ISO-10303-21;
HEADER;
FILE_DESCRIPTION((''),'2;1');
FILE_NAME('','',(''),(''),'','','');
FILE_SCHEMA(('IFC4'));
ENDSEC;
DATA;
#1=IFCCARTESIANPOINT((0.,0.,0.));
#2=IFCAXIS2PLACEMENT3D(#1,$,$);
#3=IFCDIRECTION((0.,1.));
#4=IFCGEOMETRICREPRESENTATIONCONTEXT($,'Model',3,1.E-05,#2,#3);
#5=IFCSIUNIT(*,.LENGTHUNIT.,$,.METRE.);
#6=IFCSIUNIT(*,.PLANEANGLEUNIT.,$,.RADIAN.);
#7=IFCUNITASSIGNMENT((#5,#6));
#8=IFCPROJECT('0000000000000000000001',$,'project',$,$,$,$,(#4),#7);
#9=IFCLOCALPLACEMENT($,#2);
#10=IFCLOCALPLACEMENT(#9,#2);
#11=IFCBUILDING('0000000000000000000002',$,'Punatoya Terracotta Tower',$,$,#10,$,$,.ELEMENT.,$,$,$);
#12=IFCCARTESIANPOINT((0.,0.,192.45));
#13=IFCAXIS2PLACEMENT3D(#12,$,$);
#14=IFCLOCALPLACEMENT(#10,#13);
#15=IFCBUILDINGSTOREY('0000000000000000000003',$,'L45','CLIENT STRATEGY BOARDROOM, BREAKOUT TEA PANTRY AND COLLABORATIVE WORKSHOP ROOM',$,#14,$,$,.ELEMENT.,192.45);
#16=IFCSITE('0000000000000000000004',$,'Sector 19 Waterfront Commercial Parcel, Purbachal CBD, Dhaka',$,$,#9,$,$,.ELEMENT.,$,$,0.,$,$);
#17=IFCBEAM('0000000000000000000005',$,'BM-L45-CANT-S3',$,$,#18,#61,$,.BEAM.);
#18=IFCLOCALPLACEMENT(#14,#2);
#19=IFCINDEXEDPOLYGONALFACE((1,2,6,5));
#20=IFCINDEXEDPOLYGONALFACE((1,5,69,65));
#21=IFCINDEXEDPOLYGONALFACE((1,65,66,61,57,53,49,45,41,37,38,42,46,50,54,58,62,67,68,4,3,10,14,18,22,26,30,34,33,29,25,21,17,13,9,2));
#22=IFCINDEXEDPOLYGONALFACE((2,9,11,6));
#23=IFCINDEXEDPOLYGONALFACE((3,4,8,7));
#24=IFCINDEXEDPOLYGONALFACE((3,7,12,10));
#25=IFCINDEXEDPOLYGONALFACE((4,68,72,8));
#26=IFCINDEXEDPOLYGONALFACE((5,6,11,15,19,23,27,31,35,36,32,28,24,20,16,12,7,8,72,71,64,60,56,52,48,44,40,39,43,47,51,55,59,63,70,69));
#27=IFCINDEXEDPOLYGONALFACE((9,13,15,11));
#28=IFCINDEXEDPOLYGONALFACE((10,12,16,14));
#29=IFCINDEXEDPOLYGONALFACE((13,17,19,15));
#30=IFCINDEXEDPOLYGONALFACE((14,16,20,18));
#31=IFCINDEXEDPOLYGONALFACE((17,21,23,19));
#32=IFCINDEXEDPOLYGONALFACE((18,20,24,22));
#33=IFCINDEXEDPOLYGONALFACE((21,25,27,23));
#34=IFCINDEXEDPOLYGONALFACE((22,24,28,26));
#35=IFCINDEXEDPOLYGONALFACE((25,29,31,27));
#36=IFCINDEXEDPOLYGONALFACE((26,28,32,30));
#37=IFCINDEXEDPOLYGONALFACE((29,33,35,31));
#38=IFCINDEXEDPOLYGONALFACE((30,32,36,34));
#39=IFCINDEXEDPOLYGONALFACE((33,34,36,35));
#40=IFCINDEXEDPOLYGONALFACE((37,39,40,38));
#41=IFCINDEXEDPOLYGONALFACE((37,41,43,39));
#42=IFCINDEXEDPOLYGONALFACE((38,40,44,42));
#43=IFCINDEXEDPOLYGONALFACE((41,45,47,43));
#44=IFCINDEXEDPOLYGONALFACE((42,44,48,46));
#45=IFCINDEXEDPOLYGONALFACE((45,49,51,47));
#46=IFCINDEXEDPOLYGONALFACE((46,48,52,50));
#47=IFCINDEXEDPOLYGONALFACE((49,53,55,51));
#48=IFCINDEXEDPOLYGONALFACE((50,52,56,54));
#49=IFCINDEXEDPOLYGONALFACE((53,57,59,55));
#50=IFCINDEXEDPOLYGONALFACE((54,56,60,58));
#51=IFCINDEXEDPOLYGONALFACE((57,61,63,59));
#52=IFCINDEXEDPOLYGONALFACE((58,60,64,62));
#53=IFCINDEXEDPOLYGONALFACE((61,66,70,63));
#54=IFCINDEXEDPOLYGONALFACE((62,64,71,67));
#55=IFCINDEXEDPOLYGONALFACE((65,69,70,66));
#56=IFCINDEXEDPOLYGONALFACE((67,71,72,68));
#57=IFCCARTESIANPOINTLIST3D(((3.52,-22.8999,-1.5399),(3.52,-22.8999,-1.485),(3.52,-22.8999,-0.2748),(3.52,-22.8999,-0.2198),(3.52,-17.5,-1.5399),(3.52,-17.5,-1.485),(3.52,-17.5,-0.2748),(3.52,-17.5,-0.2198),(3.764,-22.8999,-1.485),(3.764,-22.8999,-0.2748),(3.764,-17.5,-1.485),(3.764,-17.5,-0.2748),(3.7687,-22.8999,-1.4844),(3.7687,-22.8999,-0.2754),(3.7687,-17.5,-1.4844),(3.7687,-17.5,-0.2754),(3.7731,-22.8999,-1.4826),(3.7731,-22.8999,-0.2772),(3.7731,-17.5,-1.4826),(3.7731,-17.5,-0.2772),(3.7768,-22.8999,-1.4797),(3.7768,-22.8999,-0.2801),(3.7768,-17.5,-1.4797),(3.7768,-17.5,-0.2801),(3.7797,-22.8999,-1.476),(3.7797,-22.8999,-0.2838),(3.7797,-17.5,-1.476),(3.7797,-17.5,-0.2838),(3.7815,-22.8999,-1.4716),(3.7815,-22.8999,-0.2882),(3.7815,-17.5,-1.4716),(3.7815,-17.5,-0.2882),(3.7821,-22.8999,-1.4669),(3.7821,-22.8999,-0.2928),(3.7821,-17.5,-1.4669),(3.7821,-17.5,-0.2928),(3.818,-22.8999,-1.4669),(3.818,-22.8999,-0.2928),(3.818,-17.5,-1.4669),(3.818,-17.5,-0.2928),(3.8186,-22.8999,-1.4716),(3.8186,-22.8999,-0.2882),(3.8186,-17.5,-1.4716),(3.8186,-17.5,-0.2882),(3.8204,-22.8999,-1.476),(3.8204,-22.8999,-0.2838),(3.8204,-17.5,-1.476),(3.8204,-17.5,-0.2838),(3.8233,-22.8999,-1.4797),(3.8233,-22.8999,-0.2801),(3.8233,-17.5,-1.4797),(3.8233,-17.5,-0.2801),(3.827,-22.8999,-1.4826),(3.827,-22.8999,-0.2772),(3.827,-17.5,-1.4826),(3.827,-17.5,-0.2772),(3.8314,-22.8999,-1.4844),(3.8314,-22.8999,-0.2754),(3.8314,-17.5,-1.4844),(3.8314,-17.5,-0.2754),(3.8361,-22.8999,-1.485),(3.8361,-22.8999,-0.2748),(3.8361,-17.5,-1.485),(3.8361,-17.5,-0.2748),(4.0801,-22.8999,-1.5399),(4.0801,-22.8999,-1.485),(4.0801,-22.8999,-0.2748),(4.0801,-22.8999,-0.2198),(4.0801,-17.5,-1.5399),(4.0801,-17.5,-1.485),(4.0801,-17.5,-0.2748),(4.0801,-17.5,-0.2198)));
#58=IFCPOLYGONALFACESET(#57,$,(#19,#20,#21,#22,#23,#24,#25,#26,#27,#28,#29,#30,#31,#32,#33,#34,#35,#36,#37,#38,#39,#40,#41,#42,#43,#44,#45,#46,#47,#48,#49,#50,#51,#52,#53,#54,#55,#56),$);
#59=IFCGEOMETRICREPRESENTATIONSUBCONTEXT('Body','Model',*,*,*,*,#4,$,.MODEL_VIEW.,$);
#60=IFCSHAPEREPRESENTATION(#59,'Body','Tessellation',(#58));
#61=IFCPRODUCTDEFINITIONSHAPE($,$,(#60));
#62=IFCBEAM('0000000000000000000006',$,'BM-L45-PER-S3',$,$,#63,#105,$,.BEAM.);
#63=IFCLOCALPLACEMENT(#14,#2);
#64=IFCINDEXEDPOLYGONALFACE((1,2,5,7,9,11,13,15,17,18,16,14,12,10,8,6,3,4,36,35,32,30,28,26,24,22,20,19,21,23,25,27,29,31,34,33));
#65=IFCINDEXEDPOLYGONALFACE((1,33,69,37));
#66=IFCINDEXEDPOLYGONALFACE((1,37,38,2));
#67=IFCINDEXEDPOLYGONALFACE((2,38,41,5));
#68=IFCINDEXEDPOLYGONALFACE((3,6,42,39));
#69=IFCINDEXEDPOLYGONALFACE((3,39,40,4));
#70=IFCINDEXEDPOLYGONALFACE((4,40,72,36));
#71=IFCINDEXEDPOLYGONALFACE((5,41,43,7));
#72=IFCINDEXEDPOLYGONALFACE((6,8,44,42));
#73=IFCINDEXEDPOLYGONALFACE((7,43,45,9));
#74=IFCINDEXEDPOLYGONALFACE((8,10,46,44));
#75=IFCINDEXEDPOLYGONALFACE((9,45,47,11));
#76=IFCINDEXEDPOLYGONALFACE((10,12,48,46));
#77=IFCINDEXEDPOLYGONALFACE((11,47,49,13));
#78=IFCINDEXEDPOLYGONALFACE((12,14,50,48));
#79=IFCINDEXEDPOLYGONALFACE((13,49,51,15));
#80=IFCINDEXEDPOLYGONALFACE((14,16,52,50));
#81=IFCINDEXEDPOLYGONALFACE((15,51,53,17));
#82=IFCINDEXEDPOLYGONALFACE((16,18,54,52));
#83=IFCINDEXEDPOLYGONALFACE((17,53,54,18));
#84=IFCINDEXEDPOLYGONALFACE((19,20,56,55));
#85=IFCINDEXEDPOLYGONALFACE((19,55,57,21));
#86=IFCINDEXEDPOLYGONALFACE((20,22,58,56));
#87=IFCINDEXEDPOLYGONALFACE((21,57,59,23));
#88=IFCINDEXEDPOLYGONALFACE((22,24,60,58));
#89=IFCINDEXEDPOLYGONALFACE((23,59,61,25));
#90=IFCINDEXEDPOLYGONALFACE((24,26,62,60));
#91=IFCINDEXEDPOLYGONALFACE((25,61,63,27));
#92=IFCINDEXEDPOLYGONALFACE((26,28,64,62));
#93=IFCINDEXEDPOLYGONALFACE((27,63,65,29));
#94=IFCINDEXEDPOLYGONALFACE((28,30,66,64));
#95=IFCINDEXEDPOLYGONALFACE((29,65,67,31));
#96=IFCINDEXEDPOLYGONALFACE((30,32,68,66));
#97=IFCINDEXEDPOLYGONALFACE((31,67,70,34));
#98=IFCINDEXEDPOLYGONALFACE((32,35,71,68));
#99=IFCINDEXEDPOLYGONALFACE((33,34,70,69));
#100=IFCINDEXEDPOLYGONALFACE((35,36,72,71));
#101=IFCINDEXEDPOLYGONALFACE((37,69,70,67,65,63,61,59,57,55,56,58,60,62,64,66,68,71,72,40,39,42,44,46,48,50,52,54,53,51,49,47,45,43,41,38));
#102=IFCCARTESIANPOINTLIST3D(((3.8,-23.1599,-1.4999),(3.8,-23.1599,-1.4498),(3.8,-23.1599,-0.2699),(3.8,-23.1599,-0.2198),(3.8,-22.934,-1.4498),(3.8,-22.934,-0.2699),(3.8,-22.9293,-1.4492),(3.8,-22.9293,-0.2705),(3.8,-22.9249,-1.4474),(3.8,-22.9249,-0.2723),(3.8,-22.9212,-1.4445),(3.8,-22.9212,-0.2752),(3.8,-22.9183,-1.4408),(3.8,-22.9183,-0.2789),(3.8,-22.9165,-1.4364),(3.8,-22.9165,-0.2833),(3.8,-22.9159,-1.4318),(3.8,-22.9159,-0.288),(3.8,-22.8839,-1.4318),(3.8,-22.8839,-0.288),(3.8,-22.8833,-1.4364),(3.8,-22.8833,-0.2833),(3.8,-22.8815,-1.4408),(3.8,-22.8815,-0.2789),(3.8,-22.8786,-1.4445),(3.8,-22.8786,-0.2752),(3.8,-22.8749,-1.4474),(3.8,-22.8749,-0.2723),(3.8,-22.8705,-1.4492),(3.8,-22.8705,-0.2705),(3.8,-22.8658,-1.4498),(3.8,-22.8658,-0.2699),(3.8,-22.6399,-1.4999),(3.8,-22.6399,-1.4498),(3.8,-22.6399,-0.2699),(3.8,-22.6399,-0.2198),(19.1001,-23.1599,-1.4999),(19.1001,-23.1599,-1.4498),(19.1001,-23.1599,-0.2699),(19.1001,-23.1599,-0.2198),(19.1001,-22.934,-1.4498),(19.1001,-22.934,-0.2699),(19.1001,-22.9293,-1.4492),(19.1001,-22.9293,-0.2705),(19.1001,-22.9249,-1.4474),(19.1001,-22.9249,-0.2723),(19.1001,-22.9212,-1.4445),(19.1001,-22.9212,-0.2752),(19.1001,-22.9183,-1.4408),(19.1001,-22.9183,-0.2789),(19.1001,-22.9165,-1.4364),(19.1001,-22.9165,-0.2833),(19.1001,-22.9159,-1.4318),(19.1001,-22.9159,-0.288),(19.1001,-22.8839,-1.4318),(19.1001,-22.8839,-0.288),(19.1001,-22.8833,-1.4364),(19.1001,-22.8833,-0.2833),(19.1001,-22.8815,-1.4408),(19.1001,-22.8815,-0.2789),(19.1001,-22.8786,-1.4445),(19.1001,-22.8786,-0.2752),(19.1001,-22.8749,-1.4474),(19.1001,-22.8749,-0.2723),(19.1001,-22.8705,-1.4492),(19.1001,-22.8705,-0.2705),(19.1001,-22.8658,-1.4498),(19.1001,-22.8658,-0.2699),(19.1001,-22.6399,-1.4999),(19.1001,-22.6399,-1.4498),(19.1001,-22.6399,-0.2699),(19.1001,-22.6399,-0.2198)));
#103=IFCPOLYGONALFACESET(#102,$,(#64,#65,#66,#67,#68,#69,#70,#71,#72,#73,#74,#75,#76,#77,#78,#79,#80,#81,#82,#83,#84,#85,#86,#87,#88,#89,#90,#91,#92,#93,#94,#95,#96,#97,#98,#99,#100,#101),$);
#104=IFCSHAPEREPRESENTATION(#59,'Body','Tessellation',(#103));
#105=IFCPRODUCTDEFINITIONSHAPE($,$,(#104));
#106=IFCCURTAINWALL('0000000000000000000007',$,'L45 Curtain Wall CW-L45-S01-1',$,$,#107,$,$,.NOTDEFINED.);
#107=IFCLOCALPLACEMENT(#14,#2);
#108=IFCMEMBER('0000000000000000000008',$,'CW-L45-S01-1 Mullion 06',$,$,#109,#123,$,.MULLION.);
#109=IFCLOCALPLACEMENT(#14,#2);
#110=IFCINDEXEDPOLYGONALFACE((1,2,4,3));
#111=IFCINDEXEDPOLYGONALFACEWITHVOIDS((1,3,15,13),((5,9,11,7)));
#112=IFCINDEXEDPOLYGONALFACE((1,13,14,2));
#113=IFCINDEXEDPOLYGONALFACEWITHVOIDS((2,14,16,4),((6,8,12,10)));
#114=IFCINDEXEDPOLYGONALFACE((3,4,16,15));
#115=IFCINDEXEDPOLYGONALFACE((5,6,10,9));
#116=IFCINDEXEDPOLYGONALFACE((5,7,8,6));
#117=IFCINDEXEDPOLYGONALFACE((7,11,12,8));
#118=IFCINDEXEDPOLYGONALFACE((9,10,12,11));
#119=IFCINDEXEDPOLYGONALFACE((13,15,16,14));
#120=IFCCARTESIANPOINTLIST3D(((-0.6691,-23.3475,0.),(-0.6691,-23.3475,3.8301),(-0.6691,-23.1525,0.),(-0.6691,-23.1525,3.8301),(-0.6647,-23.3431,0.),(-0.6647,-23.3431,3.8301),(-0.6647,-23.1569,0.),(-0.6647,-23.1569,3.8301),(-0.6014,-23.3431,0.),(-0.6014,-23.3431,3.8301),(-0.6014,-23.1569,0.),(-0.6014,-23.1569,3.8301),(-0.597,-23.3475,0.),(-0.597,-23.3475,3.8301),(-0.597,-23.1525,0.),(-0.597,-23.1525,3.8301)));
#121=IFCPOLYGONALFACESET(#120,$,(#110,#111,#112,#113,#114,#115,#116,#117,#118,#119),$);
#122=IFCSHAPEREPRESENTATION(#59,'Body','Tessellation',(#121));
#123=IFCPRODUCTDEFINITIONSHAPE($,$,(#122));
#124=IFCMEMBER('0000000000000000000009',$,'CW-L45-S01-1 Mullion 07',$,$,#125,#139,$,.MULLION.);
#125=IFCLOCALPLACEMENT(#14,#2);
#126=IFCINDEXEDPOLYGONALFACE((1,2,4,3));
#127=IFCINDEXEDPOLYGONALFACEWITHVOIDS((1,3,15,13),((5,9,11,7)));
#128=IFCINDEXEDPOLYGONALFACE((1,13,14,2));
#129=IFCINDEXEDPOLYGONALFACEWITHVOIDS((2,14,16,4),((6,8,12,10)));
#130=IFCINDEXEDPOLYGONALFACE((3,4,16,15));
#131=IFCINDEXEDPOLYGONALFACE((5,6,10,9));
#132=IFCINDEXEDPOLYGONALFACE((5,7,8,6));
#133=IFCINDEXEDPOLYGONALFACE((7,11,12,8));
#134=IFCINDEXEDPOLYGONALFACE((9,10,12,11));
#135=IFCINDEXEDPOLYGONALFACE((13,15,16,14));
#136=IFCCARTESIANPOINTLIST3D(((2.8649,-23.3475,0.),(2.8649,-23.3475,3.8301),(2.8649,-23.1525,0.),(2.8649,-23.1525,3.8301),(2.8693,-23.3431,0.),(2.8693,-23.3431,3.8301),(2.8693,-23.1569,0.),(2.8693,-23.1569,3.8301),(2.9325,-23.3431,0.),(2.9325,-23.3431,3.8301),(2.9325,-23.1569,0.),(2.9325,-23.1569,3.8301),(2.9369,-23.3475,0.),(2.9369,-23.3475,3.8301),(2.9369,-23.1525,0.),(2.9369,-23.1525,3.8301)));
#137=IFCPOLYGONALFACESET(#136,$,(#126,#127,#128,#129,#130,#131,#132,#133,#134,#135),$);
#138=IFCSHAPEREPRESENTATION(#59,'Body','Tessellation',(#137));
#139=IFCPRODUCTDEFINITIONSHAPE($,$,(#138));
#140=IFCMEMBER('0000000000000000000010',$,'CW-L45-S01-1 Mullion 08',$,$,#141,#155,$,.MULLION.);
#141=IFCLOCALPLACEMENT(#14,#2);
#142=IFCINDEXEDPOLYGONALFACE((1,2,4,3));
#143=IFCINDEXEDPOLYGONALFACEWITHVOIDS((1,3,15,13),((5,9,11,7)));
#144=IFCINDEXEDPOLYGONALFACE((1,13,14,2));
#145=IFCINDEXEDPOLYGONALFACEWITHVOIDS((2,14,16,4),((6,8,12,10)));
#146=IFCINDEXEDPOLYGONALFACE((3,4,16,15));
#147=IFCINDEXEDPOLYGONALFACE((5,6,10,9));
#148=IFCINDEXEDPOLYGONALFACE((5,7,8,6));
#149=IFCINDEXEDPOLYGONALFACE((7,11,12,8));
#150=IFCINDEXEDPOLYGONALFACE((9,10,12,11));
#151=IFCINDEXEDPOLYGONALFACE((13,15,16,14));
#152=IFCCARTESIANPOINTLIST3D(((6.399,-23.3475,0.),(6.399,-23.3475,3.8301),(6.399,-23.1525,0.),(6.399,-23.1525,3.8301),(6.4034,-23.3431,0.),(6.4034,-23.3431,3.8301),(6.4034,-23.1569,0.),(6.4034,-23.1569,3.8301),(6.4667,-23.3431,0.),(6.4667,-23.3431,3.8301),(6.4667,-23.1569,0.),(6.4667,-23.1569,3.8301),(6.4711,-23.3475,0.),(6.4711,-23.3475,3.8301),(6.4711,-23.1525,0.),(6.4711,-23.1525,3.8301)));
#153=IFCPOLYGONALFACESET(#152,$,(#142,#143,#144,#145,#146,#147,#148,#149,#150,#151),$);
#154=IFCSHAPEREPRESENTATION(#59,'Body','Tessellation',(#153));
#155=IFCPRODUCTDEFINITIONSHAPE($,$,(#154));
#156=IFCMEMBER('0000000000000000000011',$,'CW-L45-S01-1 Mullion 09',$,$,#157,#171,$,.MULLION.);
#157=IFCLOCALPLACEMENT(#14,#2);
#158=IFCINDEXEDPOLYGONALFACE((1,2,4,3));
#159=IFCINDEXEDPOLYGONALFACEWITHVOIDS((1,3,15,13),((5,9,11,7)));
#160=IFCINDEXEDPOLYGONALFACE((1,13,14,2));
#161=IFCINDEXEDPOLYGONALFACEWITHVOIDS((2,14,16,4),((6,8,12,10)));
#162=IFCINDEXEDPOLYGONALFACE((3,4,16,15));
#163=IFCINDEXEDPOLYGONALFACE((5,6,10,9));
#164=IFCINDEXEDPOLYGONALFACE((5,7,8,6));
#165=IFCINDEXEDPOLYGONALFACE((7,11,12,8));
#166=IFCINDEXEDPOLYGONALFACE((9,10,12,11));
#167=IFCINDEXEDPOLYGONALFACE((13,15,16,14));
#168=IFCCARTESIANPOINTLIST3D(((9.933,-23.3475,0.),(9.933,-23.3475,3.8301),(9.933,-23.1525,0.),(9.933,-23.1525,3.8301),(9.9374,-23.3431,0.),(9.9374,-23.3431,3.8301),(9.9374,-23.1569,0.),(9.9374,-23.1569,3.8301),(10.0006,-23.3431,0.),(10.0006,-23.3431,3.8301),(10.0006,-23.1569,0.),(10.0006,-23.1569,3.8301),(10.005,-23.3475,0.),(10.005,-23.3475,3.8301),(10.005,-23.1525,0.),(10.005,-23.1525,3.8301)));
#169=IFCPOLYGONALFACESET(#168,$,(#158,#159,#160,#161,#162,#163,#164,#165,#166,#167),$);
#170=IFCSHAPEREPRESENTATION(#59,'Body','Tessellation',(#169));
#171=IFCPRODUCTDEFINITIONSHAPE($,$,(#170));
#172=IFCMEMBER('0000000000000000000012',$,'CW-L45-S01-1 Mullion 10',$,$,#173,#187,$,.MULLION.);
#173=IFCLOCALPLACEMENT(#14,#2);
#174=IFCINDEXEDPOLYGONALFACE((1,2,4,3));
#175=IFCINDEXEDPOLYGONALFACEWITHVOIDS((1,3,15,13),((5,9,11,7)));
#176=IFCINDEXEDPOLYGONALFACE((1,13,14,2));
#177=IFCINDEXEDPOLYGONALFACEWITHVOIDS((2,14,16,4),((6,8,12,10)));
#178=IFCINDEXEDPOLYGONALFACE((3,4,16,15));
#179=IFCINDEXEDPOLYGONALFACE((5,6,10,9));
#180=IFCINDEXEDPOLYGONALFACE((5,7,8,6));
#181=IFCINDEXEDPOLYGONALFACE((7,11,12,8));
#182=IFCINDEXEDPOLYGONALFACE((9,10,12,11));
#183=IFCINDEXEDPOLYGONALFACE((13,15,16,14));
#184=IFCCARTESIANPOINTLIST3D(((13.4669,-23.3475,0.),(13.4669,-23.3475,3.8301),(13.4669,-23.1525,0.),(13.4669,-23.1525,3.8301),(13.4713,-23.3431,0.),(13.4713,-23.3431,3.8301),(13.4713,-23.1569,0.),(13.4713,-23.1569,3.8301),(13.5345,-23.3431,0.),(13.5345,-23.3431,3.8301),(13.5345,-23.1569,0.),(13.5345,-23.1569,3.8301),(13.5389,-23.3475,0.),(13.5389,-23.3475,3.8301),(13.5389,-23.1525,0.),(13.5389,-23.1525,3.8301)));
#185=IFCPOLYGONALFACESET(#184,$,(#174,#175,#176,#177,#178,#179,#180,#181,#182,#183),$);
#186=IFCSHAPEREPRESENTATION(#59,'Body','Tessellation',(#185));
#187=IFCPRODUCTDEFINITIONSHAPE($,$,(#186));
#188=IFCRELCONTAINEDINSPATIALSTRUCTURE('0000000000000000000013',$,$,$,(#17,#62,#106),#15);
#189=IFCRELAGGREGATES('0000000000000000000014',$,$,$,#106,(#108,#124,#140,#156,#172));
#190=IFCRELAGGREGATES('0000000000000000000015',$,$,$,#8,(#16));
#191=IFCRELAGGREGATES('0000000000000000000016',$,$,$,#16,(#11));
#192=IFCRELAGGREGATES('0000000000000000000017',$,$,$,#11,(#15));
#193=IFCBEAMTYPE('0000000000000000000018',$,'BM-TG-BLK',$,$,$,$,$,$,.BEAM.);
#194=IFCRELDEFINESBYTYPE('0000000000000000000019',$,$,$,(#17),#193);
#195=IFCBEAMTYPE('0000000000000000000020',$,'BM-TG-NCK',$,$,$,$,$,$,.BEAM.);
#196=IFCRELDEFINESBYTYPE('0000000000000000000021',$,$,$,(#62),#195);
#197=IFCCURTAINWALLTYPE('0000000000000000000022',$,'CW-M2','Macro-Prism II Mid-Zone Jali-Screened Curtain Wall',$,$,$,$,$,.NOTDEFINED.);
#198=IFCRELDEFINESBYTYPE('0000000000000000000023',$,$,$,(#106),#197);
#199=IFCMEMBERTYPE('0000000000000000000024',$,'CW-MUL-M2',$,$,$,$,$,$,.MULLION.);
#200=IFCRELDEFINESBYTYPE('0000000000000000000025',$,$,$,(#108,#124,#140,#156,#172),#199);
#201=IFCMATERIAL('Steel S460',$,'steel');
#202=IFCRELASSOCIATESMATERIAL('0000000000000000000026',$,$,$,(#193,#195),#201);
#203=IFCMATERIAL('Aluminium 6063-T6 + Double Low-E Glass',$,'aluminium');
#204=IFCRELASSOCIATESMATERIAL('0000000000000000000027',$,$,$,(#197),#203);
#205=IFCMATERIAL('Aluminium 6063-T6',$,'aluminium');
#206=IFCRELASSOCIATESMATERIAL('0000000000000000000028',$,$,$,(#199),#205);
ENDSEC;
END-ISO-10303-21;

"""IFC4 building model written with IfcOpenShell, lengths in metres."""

from ifc_helpers import new_model, si_unit, direction, frame, origin, origin_2d, place, context, subcontext, project, spatial, hollow_rectangle, i_section, extrude, material, material_profile, profile_set, type_object, element, aggregate, save


model = new_model("IFC4")

# Units and contexts
model_context = context("Model", 3, precision=1e-05, world=origin(), true_north=direction((0.0, 1.0)))
body_context = subcontext(model_context, "Body", "Model", "MODEL_VIEW")
ifc_project = project(units=[si_unit("LENGTHUNIT", "METRE"), si_unit("PLANEANGLEUNIT", "RADIAN")], contexts=[model_context])

# Site, building, storey
site_placement = place(None, origin())
site = spatial("IfcSite", under=ifc_project, at=site_placement, Name="Sector 19 Waterfront Commercial Parcel, Purbachal CBD, Dhaka", CompositionType="ELEMENT", RefElevation=0.0)
building_placement = place(site_placement, origin())
building = spatial("IfcBuilding", under=site, at=building_placement, Name="Punatoya Terracotta Tower", CompositionType="ELEMENT")
storey_placement = place(building_placement, frame((0.0, 0.0, 192.45)))
storey = spatial("IfcBuildingStorey", under=building, at=storey_placement, Name="L45", Description="CLIENT STRATEGY BOARDROOM, BREAKOUT TEA PANTRY AND COLLABORATIVE WORKSHOP ROOM", CompositionType="ELEMENT", Elevation=192.45)

# Shared definitions
ifc_material_1 = material(Name="Steel S460", Category="steel")

# Beams
ifc_material_profile_1 = material_profile(ifc_material_1, i_section(OverallWidth=0.5601, OverallDepth=1.3201, WebThickness=0.0359, FlangeThickness=0.0549, FilletRadius=0.0181, at=origin_2d()))
ifc_profile_set_1 = profile_set([ifc_material_profile_1], Name="Steel S460")
beam_type_1 = type_object("IfcBeamType", Name="BM-TG-BLK", PredefinedType="BEAM", material=ifc_profile_set_1)
beam_1_placement = place(storey_placement, frame((3.8, -22.8999, -0.8799), z_axis=(0.0, 1.0, 0.0), x_axis=(-1.0, 0.0, 0.0)))
element("IfcBeam", 1, at=beam_1_placement, inside=storey, type_object=beam_type_1, Name="BM-L45-CANT-S3", PredefinedType="BEAM", context=body_context, shape_type="SweptSolid", body=[
    extrude(i_section(OverallWidth=0.5601, OverallDepth=1.3201, WebThickness=0.0359, FlangeThickness=0.0549, FilletRadius=0.0181, at=origin_2d()), origin(), (0.0, 0.0, 1.0), 5.3999),
])
ifc_material_profile_2 = material_profile(ifc_material_1, i_section(OverallWidth=0.52, OverallDepth=1.28, WebThickness=0.032, FlangeThickness=0.05, FilletRadius=0.0181, at=origin_2d()))
ifc_profile_set_2 = profile_set([ifc_material_profile_2], Name="Steel S460")
beam_type_2 = type_object("IfcBeamType", Name="BM-TG-NCK", PredefinedType="BEAM", material=ifc_profile_set_2)
beam_2_placement = place(storey_placement, frame((3.8, -22.8999, -0.8599), z_axis=(1.0, 0.0, 0.0), x_axis=(0.0, 1.0, 0.0)))
element("IfcBeam", 2, at=beam_2_placement, inside=storey, type_object=beam_type_2, Name="BM-L45-PER-S3", PredefinedType="BEAM", context=body_context, shape_type="SweptSolid", body=[
    extrude(i_section(OverallWidth=0.52, OverallDepth=1.28, WebThickness=0.032, FlangeThickness=0.05, FilletRadius=0.0181, at=origin_2d()), origin(), (0.0, 0.0, 1.0), 15.3),
])

# Curtain wall, members
ifc_material_2 = material(Name="Aluminium 6063-T6 + Double Low-E Glass", Category="aluminium")
curtain_wall_type = type_object("IfcCurtainWallType", Name="CW-M2", Description="Macro-Prism II Mid-Zone Jali-Screened Curtain Wall", PredefinedType="NOTDEFINED", material=ifc_material_2)
curtain_wall_1_placement = place(storey_placement, origin())
curtain_wall_1 = element("IfcCurtainWall", 3, at=curtain_wall_1_placement, inside=storey, type_object=curtain_wall_type, Name="L45 Curtain Wall CW-L45-S01-1", PredefinedType="NOTDEFINED")
ifc_material_3 = material(Name="Aluminium 6063-T6", Category="aluminium")
ifc_material_profile_3 = material_profile(ifc_material_3, hollow_rectangle(XDim=0.072, YDim=0.1951, WallThickness=0.0044, at=origin_2d()))
ifc_profile_set_3 = profile_set([ifc_material_profile_3], Name="Aluminium 6063-T6")
member_type_1 = type_object("IfcMemberType", Name="CW-MUL-M2", PredefinedType="MULLION", material=ifc_profile_set_3)
member_1_placement = place(storey_placement, frame((-0.6331, -23.25, 0.0), z_axis=(0.0, 0.0, 1.0), x_axis=(1.0, 0.0, 0.0)))
member_1 = element("IfcMember", 4, at=member_1_placement, type_object=member_type_1, Name="CW-L45-S01-1 Mullion 06", PredefinedType="MULLION", context=body_context, shape_type="SweptSolid", body=[
    extrude(hollow_rectangle(XDim=0.072, YDim=0.1951, WallThickness=0.0044, at=origin_2d()), origin(), (0.0, 0.0, 1.0), 3.8301),
])
member_2_placement = place(storey_placement, frame((2.9009, -23.25, 0.0), z_axis=(0.0, 0.0, 1.0), x_axis=(1.0, 0.0, 0.0)))
member_2 = element("IfcMember", 5, at=member_2_placement, type_object=member_type_1, Name="CW-L45-S01-1 Mullion 07", PredefinedType="MULLION", context=body_context, shape_type="SweptSolid", body=[
    extrude(hollow_rectangle(XDim=0.072, YDim=0.1951, WallThickness=0.0044, at=origin_2d()), origin(), (0.0, 0.0, 1.0), 3.8301),
])
member_3_placement = place(storey_placement, frame((6.4351, -23.25, 0.0), z_axis=(0.0, 0.0, 1.0), x_axis=(1.0, 0.0, 0.0)))
member_3 = element("IfcMember", 6, at=member_3_placement, type_object=member_type_1, Name="CW-L45-S01-1 Mullion 08", PredefinedType="MULLION", context=body_context, shape_type="SweptSolid", body=[
    extrude(hollow_rectangle(XDim=0.072, YDim=0.1951, WallThickness=0.0044, at=origin_2d()), origin(), (0.0, 0.0, 1.0), 3.8301),
])
member_4_placement = place(storey_placement, frame((9.969, -23.25, 0.0), z_axis=(0.0, 0.0, 1.0), x_axis=(1.0, 0.0, 0.0)))
member_4 = element("IfcMember", 7, at=member_4_placement, type_object=member_type_1, Name="CW-L45-S01-1 Mullion 09", PredefinedType="MULLION", context=body_context, shape_type="SweptSolid", body=[
    extrude(hollow_rectangle(XDim=0.072, YDim=0.1951, WallThickness=0.0044, at=origin_2d()), origin(), (0.0, 0.0, 1.0), 3.8301),
])
member_5_placement = place(storey_placement, frame((13.5029, -23.25, 0.0), z_axis=(0.0, 0.0, 1.0), x_axis=(1.0, 0.0, 0.0)))
member_5 = element("IfcMember", 8, at=member_5_placement, type_object=member_type_1, Name="CW-L45-S01-1 Mullion 10", PredefinedType="MULLION", context=body_context, shape_type="SweptSolid", body=[
    extrude(hollow_rectangle(XDim=0.072, YDim=0.1951, WallThickness=0.0044, at=origin_2d()), origin(), (0.0, 0.0, 1.0), 3.8301),
])

aggregate(curtain_wall_1, [member_1, member_2, member_3, member_4, member_5])

save(model, "model.ifc")
